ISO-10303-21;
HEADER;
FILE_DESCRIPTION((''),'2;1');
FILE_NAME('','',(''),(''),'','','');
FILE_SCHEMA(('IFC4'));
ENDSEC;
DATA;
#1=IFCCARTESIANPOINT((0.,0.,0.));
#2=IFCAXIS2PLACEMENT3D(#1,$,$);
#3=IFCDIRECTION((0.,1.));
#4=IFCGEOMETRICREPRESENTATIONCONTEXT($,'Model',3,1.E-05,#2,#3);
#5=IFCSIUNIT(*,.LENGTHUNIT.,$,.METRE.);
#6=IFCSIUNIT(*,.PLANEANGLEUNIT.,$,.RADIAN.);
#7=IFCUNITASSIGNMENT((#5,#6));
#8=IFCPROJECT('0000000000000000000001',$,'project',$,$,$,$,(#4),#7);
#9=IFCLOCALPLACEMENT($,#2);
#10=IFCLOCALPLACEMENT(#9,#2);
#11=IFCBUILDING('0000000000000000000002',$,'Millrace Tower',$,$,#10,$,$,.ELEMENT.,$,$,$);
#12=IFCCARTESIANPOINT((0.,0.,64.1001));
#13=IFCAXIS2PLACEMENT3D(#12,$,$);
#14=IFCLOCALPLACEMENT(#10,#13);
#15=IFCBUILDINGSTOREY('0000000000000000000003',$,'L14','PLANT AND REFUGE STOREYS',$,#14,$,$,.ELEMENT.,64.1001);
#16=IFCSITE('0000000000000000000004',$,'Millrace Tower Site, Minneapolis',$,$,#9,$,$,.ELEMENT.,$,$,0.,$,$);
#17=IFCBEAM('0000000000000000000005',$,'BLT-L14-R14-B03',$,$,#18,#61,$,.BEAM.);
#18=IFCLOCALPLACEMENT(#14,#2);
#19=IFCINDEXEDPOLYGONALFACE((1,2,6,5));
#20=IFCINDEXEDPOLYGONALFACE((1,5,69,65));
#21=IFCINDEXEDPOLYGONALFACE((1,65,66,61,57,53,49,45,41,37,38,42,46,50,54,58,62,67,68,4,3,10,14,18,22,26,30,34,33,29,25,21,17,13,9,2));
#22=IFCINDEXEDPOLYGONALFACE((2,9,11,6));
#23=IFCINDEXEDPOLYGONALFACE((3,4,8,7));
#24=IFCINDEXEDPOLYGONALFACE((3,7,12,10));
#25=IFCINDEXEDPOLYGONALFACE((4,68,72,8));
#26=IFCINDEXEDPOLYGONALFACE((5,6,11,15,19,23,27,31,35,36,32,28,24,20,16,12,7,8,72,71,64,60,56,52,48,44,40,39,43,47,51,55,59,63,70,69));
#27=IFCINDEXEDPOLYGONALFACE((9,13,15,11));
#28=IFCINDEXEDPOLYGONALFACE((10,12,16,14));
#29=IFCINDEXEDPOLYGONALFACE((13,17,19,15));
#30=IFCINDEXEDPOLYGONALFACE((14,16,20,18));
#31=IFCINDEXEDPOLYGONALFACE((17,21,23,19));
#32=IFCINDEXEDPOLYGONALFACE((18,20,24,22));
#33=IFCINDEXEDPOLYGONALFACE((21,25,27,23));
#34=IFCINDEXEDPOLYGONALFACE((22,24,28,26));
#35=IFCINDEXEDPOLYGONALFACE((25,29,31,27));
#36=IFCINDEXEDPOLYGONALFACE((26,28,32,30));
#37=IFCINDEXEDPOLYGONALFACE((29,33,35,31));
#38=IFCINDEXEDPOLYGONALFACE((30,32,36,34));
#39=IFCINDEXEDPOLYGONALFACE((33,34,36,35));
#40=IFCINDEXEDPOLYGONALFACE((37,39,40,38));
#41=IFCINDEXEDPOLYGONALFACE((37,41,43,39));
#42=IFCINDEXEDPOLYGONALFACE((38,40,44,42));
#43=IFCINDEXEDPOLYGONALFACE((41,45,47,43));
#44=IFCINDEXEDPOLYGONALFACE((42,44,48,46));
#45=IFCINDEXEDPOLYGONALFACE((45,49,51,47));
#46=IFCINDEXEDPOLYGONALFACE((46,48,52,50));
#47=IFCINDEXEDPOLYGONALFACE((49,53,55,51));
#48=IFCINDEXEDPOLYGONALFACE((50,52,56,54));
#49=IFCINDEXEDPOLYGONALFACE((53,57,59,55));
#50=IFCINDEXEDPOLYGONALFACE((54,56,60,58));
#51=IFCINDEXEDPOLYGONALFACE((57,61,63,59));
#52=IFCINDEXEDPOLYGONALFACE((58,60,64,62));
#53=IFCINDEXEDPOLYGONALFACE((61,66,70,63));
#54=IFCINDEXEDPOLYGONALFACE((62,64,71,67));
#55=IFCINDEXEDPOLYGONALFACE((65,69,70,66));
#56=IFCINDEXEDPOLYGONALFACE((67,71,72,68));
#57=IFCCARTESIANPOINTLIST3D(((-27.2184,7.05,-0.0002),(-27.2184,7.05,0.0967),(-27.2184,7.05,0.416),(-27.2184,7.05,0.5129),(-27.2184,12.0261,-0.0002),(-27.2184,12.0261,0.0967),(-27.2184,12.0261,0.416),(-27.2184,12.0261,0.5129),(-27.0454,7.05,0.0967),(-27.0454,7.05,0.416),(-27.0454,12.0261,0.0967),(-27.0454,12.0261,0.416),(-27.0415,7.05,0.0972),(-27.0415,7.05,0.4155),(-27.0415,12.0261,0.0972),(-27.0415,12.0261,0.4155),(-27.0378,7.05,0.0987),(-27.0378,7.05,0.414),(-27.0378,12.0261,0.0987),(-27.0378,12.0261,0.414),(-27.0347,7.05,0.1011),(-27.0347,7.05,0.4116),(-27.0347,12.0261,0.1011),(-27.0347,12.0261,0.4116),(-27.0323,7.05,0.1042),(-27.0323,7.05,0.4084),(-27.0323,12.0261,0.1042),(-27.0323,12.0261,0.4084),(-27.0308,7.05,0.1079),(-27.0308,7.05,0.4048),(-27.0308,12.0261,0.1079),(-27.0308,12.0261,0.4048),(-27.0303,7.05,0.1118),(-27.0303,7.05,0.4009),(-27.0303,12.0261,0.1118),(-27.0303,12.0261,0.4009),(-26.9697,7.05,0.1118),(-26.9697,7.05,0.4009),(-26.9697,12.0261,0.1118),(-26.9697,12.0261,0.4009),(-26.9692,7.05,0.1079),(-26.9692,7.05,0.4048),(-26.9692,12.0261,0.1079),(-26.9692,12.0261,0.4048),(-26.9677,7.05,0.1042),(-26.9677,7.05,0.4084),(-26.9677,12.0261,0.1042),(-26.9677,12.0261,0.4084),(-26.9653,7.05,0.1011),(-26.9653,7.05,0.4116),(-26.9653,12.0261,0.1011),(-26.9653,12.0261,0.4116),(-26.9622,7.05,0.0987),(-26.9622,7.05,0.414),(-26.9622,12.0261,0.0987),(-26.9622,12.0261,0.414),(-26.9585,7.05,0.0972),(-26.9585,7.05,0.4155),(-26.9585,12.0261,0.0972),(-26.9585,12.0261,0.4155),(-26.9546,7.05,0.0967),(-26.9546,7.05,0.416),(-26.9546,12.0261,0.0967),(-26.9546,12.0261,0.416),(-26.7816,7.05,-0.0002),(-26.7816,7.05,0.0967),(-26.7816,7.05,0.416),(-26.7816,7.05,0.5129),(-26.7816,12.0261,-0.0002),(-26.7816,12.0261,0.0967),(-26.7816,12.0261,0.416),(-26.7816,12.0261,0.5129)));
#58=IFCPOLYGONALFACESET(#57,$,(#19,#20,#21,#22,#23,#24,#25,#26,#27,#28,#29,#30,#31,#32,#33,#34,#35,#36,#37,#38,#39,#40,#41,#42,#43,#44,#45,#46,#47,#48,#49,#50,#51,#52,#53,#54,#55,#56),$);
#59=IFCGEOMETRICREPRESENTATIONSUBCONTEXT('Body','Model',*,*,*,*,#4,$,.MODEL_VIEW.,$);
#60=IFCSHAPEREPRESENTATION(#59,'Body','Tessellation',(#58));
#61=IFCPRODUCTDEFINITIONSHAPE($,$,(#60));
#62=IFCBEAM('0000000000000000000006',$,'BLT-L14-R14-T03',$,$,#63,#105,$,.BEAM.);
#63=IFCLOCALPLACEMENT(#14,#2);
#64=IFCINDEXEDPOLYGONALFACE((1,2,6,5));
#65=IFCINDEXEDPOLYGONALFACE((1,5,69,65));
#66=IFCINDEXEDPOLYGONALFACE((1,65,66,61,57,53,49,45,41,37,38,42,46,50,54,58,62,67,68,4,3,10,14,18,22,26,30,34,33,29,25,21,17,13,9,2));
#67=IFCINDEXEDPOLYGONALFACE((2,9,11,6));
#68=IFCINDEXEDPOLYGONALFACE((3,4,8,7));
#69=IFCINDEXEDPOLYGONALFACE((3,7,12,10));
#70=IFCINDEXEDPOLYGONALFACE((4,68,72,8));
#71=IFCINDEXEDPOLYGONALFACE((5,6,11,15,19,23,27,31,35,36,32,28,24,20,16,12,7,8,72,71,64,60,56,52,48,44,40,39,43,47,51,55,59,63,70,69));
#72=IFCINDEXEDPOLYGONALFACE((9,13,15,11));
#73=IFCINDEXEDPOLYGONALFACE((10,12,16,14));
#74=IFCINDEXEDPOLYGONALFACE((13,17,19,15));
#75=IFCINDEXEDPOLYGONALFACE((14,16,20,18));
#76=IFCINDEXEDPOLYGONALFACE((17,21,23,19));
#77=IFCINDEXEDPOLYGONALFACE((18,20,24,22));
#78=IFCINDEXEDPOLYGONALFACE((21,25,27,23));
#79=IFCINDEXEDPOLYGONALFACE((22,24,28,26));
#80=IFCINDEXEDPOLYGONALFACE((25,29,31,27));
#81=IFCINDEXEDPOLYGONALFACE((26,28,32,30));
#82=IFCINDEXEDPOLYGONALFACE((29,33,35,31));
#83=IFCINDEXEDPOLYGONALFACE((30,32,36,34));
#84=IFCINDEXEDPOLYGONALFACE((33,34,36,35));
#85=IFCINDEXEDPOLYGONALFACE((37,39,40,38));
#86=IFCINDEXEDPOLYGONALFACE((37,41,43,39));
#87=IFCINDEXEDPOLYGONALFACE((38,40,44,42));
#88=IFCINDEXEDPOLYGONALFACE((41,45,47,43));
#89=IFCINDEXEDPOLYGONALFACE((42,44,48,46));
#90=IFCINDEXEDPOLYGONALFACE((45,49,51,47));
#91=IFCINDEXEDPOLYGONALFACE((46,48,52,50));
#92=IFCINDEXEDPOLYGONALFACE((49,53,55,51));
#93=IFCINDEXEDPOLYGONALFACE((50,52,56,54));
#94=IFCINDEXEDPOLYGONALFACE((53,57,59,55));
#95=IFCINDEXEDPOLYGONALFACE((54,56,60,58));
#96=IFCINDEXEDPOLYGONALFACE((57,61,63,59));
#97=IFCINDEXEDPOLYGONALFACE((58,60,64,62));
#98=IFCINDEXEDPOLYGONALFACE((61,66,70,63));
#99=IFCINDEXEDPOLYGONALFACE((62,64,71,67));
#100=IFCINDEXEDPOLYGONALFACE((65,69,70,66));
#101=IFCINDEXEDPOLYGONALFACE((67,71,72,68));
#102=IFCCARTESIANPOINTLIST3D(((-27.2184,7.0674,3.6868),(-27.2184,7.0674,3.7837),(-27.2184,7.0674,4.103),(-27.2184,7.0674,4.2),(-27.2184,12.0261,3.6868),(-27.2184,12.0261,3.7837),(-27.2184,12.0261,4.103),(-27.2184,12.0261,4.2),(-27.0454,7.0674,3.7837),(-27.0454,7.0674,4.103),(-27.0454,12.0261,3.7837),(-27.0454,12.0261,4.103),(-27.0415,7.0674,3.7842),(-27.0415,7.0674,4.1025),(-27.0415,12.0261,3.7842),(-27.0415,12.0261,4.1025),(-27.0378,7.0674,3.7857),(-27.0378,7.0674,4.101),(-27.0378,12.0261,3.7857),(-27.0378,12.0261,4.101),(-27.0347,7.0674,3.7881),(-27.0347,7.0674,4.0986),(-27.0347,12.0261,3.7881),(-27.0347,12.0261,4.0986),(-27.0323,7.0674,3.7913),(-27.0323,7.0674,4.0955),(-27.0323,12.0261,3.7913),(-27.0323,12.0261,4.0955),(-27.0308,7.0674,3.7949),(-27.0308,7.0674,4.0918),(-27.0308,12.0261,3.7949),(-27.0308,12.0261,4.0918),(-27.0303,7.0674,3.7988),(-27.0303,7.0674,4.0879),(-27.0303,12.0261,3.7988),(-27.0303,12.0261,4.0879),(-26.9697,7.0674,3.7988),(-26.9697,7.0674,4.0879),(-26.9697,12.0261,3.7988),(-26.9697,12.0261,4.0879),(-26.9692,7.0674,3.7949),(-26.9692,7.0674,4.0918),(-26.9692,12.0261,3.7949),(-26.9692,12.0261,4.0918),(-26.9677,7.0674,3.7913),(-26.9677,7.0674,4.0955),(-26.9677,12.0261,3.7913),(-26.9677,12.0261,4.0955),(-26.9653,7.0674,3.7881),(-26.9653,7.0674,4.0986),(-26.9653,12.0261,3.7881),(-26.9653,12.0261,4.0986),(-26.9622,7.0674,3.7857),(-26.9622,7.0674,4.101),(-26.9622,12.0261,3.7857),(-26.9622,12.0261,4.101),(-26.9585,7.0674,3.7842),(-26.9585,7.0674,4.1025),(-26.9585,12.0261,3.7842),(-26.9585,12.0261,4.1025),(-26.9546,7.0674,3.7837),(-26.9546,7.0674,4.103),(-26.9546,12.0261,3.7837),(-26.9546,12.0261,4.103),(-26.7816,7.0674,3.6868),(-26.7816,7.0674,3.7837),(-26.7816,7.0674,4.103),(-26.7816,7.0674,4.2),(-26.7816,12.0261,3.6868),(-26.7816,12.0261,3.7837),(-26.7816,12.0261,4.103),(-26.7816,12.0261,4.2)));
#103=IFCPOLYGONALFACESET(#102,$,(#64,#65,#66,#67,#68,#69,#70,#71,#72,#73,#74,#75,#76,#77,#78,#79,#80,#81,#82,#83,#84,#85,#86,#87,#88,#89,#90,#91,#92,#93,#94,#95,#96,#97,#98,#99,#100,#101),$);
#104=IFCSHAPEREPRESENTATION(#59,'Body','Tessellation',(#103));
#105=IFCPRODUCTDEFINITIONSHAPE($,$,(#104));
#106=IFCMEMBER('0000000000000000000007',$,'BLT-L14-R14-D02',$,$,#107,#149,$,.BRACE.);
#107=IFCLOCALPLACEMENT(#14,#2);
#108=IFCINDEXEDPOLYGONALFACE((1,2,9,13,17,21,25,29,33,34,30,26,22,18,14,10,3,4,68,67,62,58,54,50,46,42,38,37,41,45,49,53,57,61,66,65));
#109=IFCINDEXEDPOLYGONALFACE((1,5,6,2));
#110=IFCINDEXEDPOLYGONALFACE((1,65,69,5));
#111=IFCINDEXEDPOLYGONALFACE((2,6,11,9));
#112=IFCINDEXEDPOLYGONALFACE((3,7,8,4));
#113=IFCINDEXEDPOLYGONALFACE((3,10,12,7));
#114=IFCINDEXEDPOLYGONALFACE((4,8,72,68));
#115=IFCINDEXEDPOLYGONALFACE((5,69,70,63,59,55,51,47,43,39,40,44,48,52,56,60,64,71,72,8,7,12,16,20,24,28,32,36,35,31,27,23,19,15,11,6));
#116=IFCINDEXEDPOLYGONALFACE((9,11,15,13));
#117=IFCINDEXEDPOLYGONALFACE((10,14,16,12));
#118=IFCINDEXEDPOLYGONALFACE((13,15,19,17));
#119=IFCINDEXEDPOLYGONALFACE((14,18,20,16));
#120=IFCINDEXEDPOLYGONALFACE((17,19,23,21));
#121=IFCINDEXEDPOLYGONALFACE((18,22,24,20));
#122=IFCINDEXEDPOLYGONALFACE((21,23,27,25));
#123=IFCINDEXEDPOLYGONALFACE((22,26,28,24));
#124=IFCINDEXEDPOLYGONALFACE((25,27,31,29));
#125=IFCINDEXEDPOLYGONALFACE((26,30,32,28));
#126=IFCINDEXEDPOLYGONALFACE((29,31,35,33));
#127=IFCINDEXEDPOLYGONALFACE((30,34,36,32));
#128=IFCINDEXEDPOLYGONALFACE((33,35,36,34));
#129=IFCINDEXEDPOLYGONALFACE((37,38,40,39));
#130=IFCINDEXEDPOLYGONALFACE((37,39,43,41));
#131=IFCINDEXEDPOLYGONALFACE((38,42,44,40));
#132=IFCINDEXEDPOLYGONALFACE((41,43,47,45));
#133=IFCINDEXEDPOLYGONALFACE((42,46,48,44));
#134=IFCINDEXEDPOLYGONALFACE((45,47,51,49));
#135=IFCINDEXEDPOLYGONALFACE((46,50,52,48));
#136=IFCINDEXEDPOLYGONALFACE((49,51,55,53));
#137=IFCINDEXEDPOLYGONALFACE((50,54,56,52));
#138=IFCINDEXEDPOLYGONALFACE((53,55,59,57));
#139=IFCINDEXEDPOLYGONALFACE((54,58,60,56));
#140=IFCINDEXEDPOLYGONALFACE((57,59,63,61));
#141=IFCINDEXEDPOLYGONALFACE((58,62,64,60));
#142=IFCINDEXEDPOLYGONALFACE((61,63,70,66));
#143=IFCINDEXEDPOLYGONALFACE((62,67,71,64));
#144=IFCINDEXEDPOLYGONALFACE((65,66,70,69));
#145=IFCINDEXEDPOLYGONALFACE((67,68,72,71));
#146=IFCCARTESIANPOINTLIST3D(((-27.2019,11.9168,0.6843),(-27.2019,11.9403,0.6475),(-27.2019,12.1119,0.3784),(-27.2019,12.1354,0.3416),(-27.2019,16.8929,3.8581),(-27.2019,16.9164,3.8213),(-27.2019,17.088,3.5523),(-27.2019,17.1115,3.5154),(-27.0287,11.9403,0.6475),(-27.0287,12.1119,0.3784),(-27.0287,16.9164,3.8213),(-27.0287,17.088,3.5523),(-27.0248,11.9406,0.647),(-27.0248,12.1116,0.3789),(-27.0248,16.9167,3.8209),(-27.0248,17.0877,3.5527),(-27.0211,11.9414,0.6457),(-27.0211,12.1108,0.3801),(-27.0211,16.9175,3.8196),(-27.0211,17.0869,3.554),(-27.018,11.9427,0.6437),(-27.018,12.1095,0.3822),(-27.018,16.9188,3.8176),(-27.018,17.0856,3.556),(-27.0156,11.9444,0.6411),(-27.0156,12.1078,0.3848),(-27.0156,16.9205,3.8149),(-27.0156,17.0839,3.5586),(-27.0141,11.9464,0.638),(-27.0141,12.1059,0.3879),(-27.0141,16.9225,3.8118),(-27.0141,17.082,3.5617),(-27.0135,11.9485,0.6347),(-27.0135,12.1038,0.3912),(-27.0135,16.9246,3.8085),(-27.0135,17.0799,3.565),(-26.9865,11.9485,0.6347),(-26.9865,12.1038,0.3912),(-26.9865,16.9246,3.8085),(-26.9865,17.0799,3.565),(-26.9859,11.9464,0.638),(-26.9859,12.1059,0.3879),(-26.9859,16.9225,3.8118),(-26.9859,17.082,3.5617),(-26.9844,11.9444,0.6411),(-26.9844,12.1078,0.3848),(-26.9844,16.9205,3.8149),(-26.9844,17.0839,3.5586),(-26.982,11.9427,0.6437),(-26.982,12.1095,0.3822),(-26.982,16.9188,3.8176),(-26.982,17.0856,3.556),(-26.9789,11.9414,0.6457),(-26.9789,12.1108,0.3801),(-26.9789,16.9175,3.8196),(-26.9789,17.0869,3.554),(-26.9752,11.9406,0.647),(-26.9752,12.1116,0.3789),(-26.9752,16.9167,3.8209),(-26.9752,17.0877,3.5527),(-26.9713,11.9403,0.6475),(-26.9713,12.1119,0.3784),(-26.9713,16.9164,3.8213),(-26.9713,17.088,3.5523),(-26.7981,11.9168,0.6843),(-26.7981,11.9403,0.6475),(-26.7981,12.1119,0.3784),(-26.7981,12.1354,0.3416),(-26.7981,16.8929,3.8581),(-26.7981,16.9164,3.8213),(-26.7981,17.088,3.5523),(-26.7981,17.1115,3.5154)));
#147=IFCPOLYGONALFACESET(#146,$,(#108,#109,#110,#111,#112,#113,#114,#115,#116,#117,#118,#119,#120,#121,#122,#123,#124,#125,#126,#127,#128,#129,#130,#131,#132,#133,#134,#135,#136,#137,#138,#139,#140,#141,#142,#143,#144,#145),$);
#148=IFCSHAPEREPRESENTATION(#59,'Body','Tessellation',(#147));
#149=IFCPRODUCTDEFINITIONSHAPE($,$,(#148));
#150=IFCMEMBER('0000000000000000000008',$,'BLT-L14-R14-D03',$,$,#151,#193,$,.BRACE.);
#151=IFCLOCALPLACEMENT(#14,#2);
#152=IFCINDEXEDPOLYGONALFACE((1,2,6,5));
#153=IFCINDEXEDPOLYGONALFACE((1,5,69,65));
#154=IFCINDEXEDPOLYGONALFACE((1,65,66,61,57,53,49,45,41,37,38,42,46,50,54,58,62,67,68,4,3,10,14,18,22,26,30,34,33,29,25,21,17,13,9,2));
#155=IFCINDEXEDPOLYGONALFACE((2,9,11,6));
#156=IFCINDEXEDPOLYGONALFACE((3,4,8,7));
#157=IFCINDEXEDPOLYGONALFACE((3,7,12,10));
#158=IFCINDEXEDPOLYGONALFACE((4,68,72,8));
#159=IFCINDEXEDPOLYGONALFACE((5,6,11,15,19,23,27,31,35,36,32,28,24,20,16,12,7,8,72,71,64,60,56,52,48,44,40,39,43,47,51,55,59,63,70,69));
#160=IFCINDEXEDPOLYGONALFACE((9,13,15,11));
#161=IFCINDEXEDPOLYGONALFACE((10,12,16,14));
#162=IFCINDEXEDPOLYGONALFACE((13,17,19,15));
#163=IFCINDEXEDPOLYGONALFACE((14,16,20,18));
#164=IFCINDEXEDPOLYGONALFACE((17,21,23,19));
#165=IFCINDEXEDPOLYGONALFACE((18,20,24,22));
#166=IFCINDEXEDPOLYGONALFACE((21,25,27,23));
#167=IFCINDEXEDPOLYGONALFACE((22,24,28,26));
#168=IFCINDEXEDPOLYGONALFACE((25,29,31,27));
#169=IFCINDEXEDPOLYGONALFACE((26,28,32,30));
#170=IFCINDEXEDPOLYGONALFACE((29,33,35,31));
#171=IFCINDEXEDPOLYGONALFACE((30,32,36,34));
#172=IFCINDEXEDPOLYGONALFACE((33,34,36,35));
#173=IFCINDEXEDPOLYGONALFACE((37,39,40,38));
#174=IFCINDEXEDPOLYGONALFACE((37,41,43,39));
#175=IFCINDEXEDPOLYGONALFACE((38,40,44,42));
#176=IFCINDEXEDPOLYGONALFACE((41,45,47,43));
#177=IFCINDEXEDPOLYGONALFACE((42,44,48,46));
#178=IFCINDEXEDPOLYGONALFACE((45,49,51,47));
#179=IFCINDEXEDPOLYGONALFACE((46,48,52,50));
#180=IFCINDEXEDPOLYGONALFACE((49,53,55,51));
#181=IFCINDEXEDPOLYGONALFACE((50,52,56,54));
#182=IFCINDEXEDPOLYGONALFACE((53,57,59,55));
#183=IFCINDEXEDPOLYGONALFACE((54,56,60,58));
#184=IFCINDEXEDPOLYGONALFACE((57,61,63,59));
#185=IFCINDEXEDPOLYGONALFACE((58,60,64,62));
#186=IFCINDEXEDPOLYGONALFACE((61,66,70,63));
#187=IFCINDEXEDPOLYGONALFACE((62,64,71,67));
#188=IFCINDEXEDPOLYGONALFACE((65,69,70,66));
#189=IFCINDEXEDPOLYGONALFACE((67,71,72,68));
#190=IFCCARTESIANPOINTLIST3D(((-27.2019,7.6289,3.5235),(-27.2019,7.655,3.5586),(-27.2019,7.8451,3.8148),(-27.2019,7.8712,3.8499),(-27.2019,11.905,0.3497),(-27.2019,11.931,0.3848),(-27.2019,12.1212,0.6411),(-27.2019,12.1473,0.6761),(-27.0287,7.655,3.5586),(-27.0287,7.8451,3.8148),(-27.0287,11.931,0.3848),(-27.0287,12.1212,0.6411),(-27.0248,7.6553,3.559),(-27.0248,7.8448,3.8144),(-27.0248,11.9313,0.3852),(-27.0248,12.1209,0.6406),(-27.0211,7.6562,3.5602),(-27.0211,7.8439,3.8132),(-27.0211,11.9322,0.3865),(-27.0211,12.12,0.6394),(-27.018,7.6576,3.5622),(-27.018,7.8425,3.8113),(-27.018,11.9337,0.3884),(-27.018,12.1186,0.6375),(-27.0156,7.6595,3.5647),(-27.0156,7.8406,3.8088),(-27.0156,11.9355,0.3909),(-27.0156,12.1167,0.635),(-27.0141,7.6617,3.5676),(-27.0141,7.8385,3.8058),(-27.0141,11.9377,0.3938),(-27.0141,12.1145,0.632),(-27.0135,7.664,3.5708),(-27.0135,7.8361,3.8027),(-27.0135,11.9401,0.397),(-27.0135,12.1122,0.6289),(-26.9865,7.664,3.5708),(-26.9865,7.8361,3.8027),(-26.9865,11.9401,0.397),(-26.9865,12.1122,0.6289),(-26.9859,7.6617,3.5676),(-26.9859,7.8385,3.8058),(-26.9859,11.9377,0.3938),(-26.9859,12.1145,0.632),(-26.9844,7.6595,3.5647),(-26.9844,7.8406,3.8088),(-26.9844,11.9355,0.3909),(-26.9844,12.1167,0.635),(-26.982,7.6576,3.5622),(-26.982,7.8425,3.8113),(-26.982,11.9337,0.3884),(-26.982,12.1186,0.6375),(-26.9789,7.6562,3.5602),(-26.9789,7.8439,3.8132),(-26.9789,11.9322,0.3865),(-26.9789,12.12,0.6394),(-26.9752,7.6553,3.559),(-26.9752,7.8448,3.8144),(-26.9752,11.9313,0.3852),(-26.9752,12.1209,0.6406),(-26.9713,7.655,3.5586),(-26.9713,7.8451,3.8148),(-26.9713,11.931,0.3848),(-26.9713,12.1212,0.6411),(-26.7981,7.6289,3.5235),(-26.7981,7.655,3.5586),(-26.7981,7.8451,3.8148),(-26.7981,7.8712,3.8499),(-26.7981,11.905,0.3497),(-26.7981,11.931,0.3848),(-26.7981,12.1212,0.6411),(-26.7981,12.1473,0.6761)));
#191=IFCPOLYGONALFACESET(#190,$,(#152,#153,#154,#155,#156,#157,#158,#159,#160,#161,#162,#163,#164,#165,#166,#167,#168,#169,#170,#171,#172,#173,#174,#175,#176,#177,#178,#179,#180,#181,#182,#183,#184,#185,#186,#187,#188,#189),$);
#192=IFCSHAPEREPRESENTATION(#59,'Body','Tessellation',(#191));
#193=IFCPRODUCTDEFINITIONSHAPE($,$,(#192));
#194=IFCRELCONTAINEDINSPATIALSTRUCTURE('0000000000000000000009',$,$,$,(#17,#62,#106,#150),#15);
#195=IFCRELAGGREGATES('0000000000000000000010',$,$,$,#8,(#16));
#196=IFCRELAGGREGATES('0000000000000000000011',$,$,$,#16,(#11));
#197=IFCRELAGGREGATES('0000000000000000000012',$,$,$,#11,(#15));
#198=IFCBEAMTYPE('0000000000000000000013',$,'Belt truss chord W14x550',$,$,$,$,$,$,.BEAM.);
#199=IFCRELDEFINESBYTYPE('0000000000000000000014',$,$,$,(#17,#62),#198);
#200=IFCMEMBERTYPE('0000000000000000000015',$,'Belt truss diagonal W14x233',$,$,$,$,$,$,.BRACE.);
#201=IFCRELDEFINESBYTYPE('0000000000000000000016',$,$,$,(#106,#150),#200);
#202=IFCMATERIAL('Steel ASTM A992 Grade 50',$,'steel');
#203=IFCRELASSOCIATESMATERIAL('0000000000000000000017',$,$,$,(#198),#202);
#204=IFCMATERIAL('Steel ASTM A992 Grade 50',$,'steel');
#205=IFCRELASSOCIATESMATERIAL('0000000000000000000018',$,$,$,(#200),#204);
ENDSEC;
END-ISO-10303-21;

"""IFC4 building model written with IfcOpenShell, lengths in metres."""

from ifc_helpers import new_model, si_unit, direction, frame, origin, origin_2d, place, context, subcontext, project, spatial, i_section, extrude, material, material_profile, profile_set, type_object, element, save


model = new_model("IFC4")

# Units and contexts
model_context = context("Model", 3, precision=1e-05, world=origin(), true_north=direction((0.0, 1.0)))
body_context = subcontext(model_context, "Body", "Model", "MODEL_VIEW")
ifc_project = project(units=[si_unit("LENGTHUNIT", "METRE"), si_unit("PLANEANGLEUNIT", "RADIAN")], contexts=[model_context])

# Site, building, storey
site_placement = place(None, origin())
site = spatial("IfcSite", under=ifc_project, at=site_placement, Name="Millrace Tower Site, Minneapolis", CompositionType="ELEMENT", RefElevation=0.0)
building_placement = place(site_placement, origin())
building = spatial("IfcBuilding", under=site, at=building_placement, Name="Millrace Tower", CompositionType="ELEMENT")
storey_placement = place(building_placement, frame((0.0, 0.0, 64.1001)))
storey = spatial("IfcBuildingStorey", under=building, at=storey_placement, Name="L14", Description="PLANT AND REFUGE STOREYS", CompositionType="ELEMENT", Elevation=64.1001)

# Beams
ifc_material_1 = material(Name="Steel ASTM A992 Grade 50", Category="steel")
ifc_material_profile_1 = material_profile(ifc_material_1, i_section(OverallWidth=0.4368, OverallDepth=0.5132, WebThickness=0.0605, FlangeThickness=0.0969, FilletRadius=0.0151, at=origin_2d()))
ifc_profile_set_1 = profile_set([ifc_material_profile_1], Name="Steel ASTM A992 Grade 50")
beam_type_1 = type_object("IfcBeamType", Name="Belt truss chord W14x550", PredefinedType="BEAM", material=ifc_profile_set_1)
beam_1_placement = place(storey_placement, frame((-27.0, 12.0261, 0.2563), z_axis=(0.0, -1.0, 0.0), x_axis=(1.0, 0.0, 0.0)))
element("IfcBeam", 1, at=beam_1_placement, inside=storey, type_object=beam_type_1, Name="BLT-L14-R14-B03", PredefinedType="BEAM", context=body_context, shape_type="SweptSolid", body=[
    extrude(i_section(OverallWidth=0.4368, OverallDepth=0.5132, WebThickness=0.0605, FlangeThickness=0.0969, FilletRadius=0.0151, at=origin_2d()), origin(), (0.0, 0.0, 1.0), 4.9761),
])
beam_2_placement = place(storey_placement, frame((-27.0, 12.0261, 3.9434), z_axis=(0.0, -1.0, 0.0), x_axis=(1.0, 0.0, 0.0)))
element("IfcBeam", 2, at=beam_2_placement, inside=storey, type_object=beam_type_1, Name="BLT-L14-R14-T03", PredefinedType="BEAM", context=body_context, shape_type="SweptSolid", body=[
    extrude(i_section(OverallWidth=0.4368, OverallDepth=0.5132, WebThickness=0.0605, FlangeThickness=0.0969, FilletRadius=0.0151, at=origin_2d()), origin(), (0.0, 0.0, 1.0), 4.9587),
])

# Members
ifc_material_2 = material(Name="Steel ASTM A992 Grade 50", Category="steel")
ifc_material_profile_2 = material_profile(ifc_material_2, i_section(OverallWidth=0.4038, OverallDepth=0.4065, WebThickness=0.0271, FlangeThickness=0.0437, FilletRadius=0.0151, at=origin_2d()))
ifc_profile_set_2 = profile_set([ifc_material_profile_2], Name="Steel ASTM A992 Grade 50")
member_type_1 = type_object("IfcMemberType", Name="Belt truss diagonal W14x233", PredefinedType="BRACE", material=ifc_profile_set_2)
member_1_placement = place(storey_placement, frame((-27.0, 12.0261, 0.5129), z_axis=(0.0, 0.843106, 0.537748), x_axis=(-1.0, 0.0, 0.0)))
element("IfcMember", 3, at=member_1_placement, inside=storey, type_object=member_type_1, Name="BLT-L14-R14-D02", PredefinedType="BRACE", context=body_context, shape_type="SweptSolid", body=[
    extrude(i_section(OverallWidth=0.4038, OverallDepth=0.4065, WebThickness=0.0271, FlangeThickness=0.0437, FilletRadius=0.0151, at=origin_2d()), origin(), (0.0, 0.0, 1.0), 5.9021),
])
member_2_placement = place(storey_placement, frame((-27.0, 12.0261, 0.5129), z_axis=(0.0, -0.802988, 0.595995), x_axis=(1.0, 0.0, 0.0)))
element("IfcMember", 4, at=member_2_placement, inside=storey, type_object=member_type_1, Name="BLT-L14-R14-D03", PredefinedType="BRACE", context=body_context, shape_type="SweptSolid", body=[
    extrude(i_section(OverallWidth=0.4038, OverallDepth=0.4065, WebThickness=0.0271, FlangeThickness=0.0437, FilletRadius=0.0151, at=origin_2d()), origin(), (0.0, 0.0, 1.0), 5.3252),
])

save(model, "model.ifc")
